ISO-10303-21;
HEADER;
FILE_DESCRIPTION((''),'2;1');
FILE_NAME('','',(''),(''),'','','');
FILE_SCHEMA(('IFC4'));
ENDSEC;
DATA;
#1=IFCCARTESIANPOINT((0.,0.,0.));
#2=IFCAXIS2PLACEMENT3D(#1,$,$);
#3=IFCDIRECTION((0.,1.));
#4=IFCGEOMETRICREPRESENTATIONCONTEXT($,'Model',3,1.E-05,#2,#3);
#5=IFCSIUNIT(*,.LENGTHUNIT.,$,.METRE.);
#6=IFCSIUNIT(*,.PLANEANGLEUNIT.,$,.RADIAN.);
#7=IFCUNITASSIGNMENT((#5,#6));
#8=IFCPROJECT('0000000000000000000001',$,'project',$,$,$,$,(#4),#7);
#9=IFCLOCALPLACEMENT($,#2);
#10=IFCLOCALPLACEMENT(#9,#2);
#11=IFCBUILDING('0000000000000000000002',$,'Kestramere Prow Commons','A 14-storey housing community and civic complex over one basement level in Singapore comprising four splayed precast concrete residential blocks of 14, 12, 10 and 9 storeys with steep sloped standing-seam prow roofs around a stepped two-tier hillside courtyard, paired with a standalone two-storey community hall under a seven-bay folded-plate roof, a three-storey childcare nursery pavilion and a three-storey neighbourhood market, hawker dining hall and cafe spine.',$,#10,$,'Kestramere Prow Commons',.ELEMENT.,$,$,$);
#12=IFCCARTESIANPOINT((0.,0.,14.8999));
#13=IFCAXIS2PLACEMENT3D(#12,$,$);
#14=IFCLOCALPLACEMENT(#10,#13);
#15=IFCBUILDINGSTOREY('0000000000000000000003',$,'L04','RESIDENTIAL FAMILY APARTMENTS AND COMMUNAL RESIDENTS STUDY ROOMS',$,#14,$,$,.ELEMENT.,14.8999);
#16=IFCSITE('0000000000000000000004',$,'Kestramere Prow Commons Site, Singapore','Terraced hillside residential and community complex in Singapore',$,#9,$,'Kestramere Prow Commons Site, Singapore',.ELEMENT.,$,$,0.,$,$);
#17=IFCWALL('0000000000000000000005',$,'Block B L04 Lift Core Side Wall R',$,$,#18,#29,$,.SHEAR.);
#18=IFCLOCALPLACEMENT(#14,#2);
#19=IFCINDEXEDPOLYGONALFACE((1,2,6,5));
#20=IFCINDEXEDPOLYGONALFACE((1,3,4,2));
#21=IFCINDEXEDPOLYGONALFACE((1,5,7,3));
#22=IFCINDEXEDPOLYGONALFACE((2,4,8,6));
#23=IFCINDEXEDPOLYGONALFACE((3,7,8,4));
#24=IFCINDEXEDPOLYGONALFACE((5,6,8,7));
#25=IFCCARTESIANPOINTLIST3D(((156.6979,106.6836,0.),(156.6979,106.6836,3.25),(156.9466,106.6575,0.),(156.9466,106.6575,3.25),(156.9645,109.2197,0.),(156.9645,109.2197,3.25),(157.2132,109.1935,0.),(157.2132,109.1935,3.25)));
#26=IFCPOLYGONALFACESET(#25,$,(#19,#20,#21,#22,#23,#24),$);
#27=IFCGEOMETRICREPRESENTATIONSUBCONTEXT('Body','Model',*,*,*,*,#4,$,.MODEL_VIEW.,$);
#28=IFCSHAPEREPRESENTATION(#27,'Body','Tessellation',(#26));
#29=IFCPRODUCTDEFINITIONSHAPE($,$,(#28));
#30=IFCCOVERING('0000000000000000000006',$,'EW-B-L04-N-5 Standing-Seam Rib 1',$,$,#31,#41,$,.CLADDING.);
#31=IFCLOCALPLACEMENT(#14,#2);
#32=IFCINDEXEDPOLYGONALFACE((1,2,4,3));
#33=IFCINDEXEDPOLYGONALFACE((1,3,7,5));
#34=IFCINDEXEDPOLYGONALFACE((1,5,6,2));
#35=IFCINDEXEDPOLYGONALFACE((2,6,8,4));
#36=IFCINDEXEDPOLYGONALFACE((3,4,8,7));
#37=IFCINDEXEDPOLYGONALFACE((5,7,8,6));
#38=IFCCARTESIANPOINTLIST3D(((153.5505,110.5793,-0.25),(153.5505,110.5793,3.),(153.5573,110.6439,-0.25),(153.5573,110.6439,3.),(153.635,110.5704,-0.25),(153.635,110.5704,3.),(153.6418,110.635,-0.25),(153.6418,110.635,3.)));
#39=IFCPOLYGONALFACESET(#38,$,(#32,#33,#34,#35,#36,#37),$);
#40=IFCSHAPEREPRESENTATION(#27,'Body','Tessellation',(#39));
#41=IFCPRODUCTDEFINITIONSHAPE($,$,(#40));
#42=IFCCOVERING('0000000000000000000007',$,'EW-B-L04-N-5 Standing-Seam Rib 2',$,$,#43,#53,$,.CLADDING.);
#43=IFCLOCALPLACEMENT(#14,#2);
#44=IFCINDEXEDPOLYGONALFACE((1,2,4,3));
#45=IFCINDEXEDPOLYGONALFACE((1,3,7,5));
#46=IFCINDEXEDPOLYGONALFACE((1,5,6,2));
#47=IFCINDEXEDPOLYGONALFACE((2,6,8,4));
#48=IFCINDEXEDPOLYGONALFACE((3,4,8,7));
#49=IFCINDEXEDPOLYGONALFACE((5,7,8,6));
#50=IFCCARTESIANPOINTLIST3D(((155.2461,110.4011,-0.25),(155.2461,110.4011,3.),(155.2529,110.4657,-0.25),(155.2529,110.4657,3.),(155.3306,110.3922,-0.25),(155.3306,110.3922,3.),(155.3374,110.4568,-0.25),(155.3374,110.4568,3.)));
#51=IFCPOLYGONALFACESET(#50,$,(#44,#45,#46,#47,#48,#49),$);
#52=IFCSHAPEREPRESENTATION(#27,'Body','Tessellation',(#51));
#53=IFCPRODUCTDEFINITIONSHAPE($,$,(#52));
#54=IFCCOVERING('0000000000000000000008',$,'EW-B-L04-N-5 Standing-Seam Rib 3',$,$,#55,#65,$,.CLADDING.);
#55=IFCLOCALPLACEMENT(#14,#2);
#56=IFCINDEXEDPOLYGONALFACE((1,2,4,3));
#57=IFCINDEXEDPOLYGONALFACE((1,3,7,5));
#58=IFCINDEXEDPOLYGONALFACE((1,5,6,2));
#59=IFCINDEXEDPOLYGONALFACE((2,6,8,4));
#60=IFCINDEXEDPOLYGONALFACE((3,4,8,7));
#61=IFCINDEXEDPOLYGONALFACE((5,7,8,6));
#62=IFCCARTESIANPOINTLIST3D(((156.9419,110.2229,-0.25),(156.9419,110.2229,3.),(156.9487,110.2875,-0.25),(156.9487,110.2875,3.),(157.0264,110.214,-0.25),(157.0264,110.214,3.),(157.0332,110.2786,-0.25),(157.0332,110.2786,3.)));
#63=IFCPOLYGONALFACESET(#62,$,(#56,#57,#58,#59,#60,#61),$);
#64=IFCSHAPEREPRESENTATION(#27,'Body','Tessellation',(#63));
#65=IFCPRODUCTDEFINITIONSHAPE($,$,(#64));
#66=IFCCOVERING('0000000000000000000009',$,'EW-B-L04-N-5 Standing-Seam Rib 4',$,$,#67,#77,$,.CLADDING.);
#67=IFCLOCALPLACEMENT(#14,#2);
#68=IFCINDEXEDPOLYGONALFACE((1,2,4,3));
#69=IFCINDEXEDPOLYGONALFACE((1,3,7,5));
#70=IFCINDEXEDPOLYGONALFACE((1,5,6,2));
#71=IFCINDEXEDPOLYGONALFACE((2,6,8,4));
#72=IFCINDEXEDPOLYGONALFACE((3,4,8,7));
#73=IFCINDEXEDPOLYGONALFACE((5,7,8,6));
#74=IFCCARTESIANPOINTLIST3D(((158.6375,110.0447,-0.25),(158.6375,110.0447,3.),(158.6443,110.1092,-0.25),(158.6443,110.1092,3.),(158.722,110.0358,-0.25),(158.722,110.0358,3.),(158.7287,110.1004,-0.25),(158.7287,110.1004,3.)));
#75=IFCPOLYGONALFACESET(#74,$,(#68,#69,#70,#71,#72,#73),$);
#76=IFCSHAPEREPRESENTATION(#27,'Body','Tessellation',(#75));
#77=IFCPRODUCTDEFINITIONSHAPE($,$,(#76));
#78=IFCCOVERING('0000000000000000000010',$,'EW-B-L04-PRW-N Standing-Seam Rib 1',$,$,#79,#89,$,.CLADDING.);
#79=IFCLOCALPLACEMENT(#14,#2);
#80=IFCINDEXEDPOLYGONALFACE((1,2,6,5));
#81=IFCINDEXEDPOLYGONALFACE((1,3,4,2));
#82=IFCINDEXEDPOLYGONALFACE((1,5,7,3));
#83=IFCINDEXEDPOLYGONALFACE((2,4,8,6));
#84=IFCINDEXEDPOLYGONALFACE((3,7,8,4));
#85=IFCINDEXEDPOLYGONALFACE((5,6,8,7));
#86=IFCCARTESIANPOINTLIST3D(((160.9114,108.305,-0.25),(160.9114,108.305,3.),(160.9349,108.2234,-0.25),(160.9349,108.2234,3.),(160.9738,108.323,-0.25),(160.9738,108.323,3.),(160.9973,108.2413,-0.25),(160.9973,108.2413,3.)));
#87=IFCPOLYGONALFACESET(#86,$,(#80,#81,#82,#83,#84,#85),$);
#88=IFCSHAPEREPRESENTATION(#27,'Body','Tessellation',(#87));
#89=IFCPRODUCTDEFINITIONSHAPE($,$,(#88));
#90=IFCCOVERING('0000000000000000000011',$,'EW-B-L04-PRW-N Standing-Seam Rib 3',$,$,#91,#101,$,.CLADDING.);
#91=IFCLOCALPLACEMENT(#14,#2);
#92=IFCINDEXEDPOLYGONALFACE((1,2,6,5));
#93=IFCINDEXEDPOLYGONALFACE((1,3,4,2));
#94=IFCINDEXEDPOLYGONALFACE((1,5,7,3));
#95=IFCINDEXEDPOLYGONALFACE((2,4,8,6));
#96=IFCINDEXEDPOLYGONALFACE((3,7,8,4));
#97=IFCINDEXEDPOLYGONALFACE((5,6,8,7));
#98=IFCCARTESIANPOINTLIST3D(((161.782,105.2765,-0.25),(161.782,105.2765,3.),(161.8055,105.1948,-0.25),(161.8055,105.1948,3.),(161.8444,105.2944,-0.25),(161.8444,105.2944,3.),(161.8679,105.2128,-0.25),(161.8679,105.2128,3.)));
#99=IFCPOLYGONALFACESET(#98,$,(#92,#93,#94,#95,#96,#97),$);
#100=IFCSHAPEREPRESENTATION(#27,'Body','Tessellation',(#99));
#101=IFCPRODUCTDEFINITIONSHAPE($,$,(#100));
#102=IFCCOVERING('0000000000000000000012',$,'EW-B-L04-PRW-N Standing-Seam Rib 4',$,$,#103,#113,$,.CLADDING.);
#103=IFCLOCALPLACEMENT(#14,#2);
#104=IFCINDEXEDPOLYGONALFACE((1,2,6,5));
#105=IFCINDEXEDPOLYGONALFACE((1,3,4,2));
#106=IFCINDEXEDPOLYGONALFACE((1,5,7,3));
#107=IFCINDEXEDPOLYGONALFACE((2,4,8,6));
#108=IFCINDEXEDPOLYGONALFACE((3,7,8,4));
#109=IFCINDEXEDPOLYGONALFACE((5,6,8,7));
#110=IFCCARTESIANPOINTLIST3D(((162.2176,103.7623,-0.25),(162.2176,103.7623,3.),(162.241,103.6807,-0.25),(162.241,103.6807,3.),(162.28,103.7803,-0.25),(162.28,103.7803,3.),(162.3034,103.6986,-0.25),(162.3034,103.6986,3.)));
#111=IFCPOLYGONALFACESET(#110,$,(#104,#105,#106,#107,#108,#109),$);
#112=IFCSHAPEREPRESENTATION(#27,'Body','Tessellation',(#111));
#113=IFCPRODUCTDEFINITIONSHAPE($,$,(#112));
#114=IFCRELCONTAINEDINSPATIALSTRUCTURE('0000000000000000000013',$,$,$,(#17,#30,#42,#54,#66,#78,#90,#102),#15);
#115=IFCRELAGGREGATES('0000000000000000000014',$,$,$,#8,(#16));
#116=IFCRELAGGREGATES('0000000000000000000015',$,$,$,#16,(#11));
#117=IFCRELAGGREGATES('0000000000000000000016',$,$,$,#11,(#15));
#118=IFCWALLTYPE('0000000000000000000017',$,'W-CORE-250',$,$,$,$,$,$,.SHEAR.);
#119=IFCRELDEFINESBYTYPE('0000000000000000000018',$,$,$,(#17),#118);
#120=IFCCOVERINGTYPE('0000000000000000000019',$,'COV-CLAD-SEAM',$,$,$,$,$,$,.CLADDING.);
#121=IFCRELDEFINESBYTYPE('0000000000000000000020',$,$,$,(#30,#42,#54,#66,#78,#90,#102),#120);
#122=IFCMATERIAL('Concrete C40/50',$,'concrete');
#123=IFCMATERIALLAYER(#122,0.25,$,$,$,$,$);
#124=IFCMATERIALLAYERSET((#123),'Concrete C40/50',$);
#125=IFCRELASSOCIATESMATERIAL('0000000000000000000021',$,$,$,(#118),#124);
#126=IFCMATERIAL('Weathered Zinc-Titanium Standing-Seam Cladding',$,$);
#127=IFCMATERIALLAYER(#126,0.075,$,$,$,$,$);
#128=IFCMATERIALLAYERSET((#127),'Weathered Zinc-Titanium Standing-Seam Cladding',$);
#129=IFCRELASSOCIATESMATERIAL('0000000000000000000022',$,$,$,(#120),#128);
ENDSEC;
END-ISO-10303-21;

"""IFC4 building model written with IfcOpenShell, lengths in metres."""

from ifc_helpers import new_model, si_unit, direction, frame, frame_2d, origin, origin_2d, place, context, subcontext, project, spatial, rectangle, extrude, material, layer, layer_set, type_object, element, save


model = new_model("IFC4")

# Units and contexts
model_context = context("Model", 3, precision=1e-05, world=origin(), true_north=direction((0.0, 1.0)))
body_context = subcontext(model_context, "Body", "Model", "MODEL_VIEW")
ifc_project = project(units=[si_unit("LENGTHUNIT", "METRE"), si_unit("PLANEANGLEUNIT", "RADIAN")], contexts=[model_context])

# Site, building, storey
site_placement = place(None, origin())
site = spatial("IfcSite", under=ifc_project, at=site_placement, Name="Kestramere Prow Commons Site, Singapore", Description="Terraced hillside residential and community complex in Singapore", LongName="Kestramere Prow Commons Site, Singapore", CompositionType="ELEMENT", RefElevation=0.0)
building_placement = place(site_placement, origin())
building = spatial("IfcBuilding", under=site, at=building_placement, Name="Kestramere Prow Commons", Description="A 14-storey housing community and civic complex over one basement level in Singapore comprising four splayed precast concrete residential blocks of 14, 12, 10 and 9 storeys with steep sloped standing-seam prow roofs around a stepped two-tier hillside courtyard, paired with a standalone two-storey community hall under a seven-bay folded-plate roof, a three-storey childcare nursery pavilion and a three-storey neighbourhood market, hawker dining hall and cafe spine.", LongName="Kestramere Prow Commons", CompositionType="ELEMENT")
storey_placement = place(building_placement, frame((0.0, 0.0, 14.8999)))
storey = spatial("IfcBuildingStorey", under=building, at=storey_placement, Name="L04", Description="RESIDENTIAL FAMILY APARTMENTS AND COMMUNAL RESIDENTS STUDY ROOMS", CompositionType="ELEMENT", Elevation=14.8999)

# Shared definitions
ifc_material_1 = material(Name="Weathered Zinc-Titanium Standing-Seam Cladding")

# Shared definitions
ifc_material_2 = material(Name="Concrete C40/50", Category="concrete")
ifc_layer_1 = layer(ifc_material_2, 0.25)
ifc_layer_set_1 = layer_set([ifc_layer_1], Name="Concrete C40/50")
wall_type_1 = type_object("IfcWallType", Name="W-CORE-250", PredefinedType="SHEAR", material=ifc_layer_set_1)

# Wall
wall_1_placement = place(storey_placement, frame((156.8223, 106.6707, 0.0), z_axis=(0.0, 0.0, 1.0), x_axis=(0.104545, 0.99452, 0.0)))
element("IfcWall", 1, at=wall_1_placement, inside=storey, type_object=wall_type_1, Name="Block B L04 Lift Core Side Wall R", PredefinedType="SHEAR", context=body_context, shape_type="SweptSolid", body=[
    extrude(rectangle(XDim=2.55, YDim=0.25, at=frame_2d((1.2749, 0.0))), origin(), (0.0, 0.0, 1.0), 3.25),
])

# Coverings
ifc_layer_2 = layer(ifc_material_1, 0.075)
ifc_layer_set_2 = layer_set([ifc_layer_2], Name="Weathered Zinc-Titanium Standing-Seam Cladding")
covering_type = type_object("IfcCoveringType", Name="COV-CLAD-SEAM", PredefinedType="CLADDING", material=ifc_layer_set_2)
for number, where, z_axis, x_axis, name in (
    (2, (153.5962, 110.6072, -0.25), (0.0, 0.0, 1.0), (0.994522, -0.104528, 0.0), "EW-B-L04-N-5 Standing-Seam Rib 1"),
    (3, (155.2917, 110.429, -0.25), (0.0, 0.0, 1.0), (0.994522, -0.104528, 0.0), "EW-B-L04-N-5 Standing-Seam Rib 2"),
    (4, (156.9875, 110.2507, -0.25), (0.0, 0.0, 1.0), (0.994522, -0.104528, 0.0), "EW-B-L04-N-5 Standing-Seam Rib 3"),
    (5, (158.6831, 110.0725, -0.25), (0.0, 0.0, 1.0), (0.994522, -0.104528, 0.0), "EW-B-L04-N-5 Standing-Seam Rib 4"),
    (6, (160.9543, 108.2732, -0.25), (0.0, 0.0, 1.0), (0.276318, -0.961066, 0.0), "EW-B-L04-PRW-N Standing-Seam Rib 1"),
    (7, (161.825, 105.2446, -0.25), (0.0, 0.0, 1.0), (0.276318, -0.961066, 0.0), "EW-B-L04-PRW-N Standing-Seam Rib 3"),
    (8, (162.2605, 103.7305, -0.25), (0.0, 0.0, 1.0), (0.276318, -0.961066, 0.0), "EW-B-L04-PRW-N Standing-Seam Rib 4"),
):
    element("IfcCovering", number, at=place(storey_placement, frame(where, z_axis=z_axis, x_axis=x_axis)), inside=storey, type_object=covering_type, Name=name, PredefinedType="CLADDING", context=body_context, shape_type="SweptSolid", body=[
        extrude(rectangle(XDim=0.085, YDim=0.0649, at=origin_2d()), origin(), (0.0, 0.0, 1.0), 3.25),
    ])

save(model, "model.ifc")
